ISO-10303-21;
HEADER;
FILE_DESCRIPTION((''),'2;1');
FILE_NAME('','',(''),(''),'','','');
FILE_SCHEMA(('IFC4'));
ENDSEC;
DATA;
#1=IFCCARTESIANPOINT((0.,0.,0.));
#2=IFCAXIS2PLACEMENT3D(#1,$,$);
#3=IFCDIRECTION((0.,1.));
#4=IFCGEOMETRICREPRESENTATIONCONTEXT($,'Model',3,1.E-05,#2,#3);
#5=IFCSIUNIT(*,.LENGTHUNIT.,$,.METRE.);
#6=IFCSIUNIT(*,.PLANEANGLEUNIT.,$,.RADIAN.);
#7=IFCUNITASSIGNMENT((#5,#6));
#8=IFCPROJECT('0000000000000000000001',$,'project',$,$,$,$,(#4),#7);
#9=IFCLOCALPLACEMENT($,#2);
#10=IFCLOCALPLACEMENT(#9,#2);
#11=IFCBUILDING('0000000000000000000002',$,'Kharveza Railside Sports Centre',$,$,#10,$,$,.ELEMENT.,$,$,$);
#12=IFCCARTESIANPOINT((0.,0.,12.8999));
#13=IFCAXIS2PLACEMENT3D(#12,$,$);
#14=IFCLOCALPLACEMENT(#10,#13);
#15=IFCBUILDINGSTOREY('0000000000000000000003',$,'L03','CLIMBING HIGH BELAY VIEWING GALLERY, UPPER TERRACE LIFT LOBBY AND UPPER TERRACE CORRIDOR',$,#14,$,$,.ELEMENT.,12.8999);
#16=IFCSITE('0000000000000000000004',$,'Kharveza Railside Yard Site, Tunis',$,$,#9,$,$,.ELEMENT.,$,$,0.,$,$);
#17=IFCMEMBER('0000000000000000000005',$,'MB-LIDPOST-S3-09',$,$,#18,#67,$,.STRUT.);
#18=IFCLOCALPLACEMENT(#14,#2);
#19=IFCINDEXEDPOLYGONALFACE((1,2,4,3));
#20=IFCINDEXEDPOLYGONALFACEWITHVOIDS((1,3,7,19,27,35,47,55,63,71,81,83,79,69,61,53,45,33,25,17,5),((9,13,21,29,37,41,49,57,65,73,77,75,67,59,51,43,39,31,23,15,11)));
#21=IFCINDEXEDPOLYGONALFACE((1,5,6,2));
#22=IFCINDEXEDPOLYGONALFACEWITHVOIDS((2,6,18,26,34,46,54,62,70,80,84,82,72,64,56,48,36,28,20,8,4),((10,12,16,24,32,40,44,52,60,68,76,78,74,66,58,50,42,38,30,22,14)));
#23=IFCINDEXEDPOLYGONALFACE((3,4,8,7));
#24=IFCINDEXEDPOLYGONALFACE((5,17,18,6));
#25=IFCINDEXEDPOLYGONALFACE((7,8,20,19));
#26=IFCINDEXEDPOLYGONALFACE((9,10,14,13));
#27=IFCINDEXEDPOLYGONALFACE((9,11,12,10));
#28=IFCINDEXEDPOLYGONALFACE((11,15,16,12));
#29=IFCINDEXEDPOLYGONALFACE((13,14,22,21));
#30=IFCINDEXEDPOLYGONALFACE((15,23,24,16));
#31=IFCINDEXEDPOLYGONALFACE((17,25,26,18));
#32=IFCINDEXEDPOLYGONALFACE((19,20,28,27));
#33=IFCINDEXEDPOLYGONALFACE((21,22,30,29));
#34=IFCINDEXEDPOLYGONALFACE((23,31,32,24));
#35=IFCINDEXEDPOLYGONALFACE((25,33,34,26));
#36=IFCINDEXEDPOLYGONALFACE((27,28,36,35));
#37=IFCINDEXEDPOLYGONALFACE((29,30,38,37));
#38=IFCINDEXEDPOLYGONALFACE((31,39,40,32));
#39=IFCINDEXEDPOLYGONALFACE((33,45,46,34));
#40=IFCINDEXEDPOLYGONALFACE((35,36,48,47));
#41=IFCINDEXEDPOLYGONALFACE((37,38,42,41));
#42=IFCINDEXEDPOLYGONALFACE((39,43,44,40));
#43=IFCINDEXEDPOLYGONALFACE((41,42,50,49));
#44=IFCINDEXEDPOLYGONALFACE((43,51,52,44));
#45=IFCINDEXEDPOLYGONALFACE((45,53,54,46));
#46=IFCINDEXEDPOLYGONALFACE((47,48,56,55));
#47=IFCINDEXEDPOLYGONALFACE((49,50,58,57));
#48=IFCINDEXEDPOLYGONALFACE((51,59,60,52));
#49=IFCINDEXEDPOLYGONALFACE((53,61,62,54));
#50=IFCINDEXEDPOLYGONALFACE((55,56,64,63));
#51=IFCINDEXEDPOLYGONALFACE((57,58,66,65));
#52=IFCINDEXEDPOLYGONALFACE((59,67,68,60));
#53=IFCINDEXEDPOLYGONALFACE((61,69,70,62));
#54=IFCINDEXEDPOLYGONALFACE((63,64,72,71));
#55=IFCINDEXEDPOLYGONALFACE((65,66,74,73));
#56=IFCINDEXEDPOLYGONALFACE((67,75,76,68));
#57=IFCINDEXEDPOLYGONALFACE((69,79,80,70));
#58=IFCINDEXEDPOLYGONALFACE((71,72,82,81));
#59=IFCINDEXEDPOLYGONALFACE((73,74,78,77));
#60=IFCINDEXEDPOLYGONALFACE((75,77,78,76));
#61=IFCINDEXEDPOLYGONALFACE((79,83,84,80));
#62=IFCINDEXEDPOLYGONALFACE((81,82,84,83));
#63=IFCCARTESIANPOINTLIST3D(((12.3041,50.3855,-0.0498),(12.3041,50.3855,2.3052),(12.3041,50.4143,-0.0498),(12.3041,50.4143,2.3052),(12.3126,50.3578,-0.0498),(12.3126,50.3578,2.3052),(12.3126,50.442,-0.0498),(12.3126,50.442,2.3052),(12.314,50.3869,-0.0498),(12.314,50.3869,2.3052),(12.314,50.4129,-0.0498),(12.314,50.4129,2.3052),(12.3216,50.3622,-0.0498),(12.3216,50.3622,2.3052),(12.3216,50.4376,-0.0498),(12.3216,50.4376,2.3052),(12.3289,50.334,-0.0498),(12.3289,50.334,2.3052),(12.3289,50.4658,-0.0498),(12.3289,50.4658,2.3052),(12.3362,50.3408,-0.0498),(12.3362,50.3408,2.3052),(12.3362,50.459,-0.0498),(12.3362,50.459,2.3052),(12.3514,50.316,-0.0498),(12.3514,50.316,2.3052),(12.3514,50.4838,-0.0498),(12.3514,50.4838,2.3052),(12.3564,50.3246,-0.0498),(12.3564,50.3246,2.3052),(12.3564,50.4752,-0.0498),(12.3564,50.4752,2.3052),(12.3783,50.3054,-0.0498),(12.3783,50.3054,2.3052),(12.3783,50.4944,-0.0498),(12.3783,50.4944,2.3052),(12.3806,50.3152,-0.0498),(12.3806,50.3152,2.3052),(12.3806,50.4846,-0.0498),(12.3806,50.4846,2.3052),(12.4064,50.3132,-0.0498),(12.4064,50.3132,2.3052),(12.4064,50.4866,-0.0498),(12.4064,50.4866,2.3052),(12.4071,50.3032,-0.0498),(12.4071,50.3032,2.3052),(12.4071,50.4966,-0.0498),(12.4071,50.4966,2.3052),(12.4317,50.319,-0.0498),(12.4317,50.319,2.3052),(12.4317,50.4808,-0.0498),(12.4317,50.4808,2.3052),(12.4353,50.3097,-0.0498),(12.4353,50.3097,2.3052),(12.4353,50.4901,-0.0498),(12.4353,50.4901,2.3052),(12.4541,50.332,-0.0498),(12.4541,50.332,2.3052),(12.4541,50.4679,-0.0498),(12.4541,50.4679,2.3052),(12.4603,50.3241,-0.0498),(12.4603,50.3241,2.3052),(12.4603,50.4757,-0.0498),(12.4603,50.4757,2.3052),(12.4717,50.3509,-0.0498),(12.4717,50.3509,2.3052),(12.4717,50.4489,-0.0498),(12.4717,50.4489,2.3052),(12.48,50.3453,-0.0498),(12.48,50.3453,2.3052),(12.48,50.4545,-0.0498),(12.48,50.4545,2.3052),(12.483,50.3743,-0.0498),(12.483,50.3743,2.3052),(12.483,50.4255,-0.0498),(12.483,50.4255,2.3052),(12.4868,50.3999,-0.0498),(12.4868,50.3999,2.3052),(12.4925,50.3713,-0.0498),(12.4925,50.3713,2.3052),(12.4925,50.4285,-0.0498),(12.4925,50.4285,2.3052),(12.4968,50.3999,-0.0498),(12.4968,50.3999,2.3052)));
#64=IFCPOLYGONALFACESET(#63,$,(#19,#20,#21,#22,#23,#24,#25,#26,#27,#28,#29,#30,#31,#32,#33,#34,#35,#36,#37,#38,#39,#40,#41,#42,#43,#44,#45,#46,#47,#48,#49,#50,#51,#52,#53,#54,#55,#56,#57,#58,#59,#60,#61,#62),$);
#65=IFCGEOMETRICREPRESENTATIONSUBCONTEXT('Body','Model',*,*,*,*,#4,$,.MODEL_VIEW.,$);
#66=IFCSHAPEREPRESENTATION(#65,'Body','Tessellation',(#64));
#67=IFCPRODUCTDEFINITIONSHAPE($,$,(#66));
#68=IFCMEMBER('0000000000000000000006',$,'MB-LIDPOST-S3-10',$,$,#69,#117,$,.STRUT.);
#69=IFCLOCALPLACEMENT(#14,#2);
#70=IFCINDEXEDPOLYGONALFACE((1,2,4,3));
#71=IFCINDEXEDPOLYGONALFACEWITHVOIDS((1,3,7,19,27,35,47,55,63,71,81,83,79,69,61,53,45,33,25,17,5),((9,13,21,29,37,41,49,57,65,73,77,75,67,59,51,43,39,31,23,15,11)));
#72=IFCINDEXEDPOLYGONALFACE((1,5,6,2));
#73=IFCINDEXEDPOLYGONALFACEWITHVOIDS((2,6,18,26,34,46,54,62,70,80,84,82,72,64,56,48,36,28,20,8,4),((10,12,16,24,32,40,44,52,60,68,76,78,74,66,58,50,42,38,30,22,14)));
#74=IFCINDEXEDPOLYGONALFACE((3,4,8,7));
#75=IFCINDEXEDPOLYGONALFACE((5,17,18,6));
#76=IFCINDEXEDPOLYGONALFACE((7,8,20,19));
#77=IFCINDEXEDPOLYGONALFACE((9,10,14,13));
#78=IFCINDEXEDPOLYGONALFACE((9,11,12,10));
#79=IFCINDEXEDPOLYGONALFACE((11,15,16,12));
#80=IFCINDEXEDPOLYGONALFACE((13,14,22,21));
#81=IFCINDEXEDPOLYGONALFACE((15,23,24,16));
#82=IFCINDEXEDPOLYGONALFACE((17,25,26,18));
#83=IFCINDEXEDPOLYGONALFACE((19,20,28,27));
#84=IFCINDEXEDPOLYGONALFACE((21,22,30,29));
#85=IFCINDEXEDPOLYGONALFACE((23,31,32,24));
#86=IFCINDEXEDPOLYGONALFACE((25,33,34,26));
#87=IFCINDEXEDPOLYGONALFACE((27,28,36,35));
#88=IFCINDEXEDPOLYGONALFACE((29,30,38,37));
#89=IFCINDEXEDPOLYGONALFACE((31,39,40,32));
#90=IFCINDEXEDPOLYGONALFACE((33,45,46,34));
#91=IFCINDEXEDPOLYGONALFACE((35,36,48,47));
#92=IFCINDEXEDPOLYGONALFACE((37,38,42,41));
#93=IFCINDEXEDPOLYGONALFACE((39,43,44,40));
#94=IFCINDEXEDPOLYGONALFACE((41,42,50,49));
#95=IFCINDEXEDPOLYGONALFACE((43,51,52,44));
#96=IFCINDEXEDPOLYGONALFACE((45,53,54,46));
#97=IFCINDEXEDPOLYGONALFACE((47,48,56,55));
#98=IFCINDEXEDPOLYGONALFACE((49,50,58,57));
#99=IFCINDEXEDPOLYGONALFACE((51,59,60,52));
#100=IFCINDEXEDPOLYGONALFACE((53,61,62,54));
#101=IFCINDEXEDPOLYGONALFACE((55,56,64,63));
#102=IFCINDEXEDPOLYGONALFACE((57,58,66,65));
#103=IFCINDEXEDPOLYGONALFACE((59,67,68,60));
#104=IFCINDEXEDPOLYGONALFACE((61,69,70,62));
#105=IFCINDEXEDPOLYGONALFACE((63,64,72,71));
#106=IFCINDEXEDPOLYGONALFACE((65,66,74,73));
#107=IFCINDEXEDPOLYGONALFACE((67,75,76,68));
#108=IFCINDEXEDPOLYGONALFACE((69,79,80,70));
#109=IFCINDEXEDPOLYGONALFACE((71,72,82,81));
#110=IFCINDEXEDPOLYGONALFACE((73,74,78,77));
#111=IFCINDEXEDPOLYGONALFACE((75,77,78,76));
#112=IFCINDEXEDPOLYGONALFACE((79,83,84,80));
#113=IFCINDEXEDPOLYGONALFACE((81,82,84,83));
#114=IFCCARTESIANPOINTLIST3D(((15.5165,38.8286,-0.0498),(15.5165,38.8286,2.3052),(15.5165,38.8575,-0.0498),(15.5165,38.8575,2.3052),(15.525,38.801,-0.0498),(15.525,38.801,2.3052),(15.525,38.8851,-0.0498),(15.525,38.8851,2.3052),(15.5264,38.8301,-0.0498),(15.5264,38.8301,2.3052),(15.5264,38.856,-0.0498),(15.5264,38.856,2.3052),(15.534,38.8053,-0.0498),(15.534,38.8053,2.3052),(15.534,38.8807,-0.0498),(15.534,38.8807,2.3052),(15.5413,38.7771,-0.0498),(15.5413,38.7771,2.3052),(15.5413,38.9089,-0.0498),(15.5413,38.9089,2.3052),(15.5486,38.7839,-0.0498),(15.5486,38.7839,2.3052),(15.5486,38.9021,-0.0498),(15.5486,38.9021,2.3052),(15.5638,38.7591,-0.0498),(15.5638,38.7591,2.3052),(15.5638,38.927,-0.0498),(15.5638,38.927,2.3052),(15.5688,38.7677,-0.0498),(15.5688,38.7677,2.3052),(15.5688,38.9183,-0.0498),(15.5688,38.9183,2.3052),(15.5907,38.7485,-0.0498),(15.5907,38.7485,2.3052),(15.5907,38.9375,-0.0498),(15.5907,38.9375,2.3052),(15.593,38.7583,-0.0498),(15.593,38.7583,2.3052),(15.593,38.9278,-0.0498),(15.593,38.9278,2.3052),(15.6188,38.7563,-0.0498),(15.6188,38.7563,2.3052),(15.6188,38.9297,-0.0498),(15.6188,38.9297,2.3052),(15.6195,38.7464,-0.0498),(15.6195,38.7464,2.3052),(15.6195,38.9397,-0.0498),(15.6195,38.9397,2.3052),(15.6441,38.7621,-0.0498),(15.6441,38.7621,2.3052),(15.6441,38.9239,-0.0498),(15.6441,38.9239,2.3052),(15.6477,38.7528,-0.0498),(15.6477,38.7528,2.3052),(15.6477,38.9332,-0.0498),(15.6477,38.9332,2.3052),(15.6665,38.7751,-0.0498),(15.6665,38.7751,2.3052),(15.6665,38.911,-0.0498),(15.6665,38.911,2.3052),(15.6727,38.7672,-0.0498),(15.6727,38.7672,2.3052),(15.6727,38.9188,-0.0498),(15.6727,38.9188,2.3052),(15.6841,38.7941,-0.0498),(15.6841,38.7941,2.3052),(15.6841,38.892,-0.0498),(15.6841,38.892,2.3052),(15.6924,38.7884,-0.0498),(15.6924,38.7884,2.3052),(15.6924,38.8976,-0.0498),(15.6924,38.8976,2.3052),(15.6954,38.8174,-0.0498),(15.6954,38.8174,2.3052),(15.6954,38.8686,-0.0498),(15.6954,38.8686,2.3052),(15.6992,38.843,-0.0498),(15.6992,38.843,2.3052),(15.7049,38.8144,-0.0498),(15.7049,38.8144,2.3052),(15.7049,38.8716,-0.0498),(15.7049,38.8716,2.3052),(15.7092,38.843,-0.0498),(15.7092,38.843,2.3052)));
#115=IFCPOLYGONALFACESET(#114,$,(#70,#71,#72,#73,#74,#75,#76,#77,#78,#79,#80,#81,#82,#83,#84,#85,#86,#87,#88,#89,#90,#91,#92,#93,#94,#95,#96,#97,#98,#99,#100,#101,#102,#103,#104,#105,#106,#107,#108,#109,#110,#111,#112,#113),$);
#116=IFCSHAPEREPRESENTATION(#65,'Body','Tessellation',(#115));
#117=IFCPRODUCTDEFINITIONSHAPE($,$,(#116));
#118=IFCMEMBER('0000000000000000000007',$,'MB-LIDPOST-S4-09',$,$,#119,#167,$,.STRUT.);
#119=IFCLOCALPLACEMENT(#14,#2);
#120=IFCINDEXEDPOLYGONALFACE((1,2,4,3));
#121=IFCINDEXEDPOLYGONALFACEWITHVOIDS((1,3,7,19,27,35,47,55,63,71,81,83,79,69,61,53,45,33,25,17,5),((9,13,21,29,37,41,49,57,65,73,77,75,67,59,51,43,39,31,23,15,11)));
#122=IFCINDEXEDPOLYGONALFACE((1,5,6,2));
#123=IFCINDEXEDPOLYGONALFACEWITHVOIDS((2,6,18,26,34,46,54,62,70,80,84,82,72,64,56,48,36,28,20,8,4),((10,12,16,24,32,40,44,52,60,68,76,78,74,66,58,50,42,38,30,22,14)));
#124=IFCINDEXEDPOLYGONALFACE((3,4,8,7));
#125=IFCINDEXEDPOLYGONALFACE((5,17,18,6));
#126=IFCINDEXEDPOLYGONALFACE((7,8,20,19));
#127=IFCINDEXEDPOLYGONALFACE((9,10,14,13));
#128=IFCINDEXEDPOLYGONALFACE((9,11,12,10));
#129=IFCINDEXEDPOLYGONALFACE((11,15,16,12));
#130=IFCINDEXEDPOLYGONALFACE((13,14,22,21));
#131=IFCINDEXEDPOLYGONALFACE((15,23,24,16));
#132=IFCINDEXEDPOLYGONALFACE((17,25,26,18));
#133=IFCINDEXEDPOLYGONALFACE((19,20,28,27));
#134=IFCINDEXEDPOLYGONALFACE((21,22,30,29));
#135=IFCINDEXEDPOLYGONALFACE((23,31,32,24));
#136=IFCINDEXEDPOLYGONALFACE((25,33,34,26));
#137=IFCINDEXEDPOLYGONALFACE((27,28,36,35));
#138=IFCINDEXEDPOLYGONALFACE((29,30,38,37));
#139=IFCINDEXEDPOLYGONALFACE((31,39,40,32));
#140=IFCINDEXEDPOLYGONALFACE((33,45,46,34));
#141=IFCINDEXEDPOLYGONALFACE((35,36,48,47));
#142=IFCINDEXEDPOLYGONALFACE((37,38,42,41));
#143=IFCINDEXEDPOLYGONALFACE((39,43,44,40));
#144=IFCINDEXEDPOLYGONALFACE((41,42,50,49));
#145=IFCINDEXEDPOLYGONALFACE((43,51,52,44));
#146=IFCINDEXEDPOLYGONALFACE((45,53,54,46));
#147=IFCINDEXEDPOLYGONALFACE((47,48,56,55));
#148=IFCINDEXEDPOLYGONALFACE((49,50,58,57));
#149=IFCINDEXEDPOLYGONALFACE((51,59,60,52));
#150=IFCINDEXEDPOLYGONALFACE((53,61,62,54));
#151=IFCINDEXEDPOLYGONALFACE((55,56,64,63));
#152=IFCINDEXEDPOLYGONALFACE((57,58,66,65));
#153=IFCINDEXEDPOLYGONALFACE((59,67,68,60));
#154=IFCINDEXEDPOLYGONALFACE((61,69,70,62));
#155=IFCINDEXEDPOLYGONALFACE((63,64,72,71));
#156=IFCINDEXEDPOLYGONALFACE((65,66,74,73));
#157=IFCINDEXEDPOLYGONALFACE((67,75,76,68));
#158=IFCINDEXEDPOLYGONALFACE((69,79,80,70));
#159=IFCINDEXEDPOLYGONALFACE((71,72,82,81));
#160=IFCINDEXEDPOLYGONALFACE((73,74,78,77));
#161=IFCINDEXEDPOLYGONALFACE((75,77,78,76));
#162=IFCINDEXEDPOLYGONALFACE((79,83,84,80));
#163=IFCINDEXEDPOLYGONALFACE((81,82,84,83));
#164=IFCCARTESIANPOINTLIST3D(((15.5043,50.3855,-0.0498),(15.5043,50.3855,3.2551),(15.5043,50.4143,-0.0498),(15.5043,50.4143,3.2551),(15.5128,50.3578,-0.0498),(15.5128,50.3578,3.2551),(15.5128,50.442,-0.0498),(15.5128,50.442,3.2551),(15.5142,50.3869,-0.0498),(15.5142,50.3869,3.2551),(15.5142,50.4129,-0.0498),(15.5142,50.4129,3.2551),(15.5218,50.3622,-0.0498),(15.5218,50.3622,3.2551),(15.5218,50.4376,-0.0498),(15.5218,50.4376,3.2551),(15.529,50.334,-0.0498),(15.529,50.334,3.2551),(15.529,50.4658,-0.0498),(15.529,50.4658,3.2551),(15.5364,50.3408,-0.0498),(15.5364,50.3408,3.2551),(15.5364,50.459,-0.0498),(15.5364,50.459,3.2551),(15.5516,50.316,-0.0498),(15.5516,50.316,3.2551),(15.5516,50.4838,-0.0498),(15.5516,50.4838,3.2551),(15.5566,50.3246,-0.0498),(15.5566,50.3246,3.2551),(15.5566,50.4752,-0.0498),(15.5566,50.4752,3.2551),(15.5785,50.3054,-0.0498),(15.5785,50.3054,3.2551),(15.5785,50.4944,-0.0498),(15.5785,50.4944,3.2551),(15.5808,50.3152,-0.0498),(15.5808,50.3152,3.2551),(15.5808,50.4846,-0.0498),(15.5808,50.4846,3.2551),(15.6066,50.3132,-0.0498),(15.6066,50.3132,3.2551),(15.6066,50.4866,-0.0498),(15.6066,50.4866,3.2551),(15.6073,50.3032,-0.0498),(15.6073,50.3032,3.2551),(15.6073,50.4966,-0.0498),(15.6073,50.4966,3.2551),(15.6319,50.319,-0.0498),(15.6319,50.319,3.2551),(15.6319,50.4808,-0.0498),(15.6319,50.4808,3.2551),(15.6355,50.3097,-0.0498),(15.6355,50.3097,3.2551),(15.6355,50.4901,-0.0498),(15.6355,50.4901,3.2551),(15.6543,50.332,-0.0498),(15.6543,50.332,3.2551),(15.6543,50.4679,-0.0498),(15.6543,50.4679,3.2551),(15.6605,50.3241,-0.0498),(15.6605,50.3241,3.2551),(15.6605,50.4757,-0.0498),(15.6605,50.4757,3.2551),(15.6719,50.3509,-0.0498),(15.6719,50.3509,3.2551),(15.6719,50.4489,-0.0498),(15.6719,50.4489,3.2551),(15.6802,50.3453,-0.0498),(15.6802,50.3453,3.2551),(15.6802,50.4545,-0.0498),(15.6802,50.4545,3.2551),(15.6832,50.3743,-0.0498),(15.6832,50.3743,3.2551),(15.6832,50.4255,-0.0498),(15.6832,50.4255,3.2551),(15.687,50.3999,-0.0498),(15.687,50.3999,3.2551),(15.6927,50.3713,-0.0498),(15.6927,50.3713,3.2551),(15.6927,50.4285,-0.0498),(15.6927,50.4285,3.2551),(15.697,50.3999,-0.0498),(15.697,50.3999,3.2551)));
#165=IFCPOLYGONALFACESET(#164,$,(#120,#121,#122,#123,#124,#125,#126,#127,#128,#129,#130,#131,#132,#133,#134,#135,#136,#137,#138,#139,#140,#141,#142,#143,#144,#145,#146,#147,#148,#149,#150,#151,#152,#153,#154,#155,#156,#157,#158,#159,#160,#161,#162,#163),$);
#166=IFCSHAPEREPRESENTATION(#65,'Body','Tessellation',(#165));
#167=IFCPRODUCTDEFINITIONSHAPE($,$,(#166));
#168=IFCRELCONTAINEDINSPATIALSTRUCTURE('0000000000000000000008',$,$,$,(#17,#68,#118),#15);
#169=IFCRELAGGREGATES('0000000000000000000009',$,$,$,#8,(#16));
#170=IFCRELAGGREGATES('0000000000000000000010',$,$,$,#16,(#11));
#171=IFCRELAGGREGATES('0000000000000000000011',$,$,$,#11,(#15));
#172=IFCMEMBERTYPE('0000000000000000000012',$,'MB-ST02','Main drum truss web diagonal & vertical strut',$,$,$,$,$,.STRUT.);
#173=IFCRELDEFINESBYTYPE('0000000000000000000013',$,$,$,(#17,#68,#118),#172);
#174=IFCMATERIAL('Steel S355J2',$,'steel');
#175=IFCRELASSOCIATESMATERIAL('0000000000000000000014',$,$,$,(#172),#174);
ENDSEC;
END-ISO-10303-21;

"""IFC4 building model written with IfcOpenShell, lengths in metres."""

from ifc_helpers import new_model, si_unit, direction, frame, origin, origin_2d, place, context, subcontext, project, spatial, hollow_circle, extrude, material, material_profile, profile_set, type_object, element, save


model = new_model("IFC4")

# Units and contexts
model_context = context("Model", 3, precision=1e-05, world=origin(), true_north=direction((0.0, 1.0)))
body_context = subcontext(model_context, "Body", "Model", "MODEL_VIEW")
ifc_project = project(units=[si_unit("LENGTHUNIT", "METRE"), si_unit("PLANEANGLEUNIT", "RADIAN")], contexts=[model_context])

# Site, building, storey
site_placement = place(None, origin())
site = spatial("IfcSite", under=ifc_project, at=site_placement, Name="Kharveza Railside Yard Site, Tunis", CompositionType="ELEMENT", RefElevation=0.0)
building_placement = place(site_placement, origin())
building = spatial("IfcBuilding", under=site, at=building_placement, Name="Kharveza Railside Sports Centre", CompositionType="ELEMENT")
storey_placement = place(building_placement, frame((0.0, 0.0, 12.8999)))
storey = spatial("IfcBuildingStorey", under=building, at=storey_placement, Name="L03", Description="CLIMBING HIGH BELAY VIEWING GALLERY, UPPER TERRACE LIFT LOBBY AND UPPER TERRACE CORRIDOR", CompositionType="ELEMENT", Elevation=12.8999)

# Shared definitions
ifc_material_1 = material(Name="Steel S355J2", Category="steel")

# Members
ifc_material_profile_1 = material_profile(ifc_material_1, hollow_circle(Radius=0.0969, WallThickness=0.01, at=origin_2d()), Name="CHS 193.7x10.0")
ifc_profile_set_1 = profile_set([ifc_material_profile_1], Name="Steel S355J2")
member_type_1 = type_object("IfcMemberType", Name="MB-ST02", Description="Main drum truss web diagonal & vertical strut", PredefinedType="STRUT", material=ifc_profile_set_1)
for number, where, z_axis, x_axis, name in (
    (1, (12.3999, 50.3999, -0.0498), (0.0, 0.0, 1.0), (1.0, 0.0, 0.0), "MB-LIDPOST-S3-09"),
    (2, (15.6123, 38.843, -0.0498), (0.0, 0.0, 1.0), (1.0, 0.0, 0.0), "MB-LIDPOST-S3-10"),
):
    element("IfcMember", number, at=place(storey_placement, frame(where, z_axis=z_axis, x_axis=x_axis)), inside=storey, type_object=member_type_1, Name=name, PredefinedType="STRUT", context=body_context, shape_type="SweptSolid", body=[
        extrude(hollow_circle(Radius=0.0969, WallThickness=0.01, at=origin_2d()), origin(), (0.0, 0.0, 1.0), 2.355),
    ])
member_1_placement = place(storey_placement, frame((15.6001, 50.3999, -0.0498), z_axis=(0.0, 0.0, 1.0), x_axis=(1.0, 0.0, 0.0)))
element("IfcMember", 3, at=member_1_placement, inside=storey, type_object=member_type_1, Name="MB-LIDPOST-S4-09", PredefinedType="STRUT", context=body_context, shape_type="SweptSolid", body=[
    extrude(hollow_circle(Radius=0.0969, WallThickness=0.01, at=origin_2d()), origin(), (0.0, 0.0, 1.0), 3.3049),
])

save(model, "model.ifc")
